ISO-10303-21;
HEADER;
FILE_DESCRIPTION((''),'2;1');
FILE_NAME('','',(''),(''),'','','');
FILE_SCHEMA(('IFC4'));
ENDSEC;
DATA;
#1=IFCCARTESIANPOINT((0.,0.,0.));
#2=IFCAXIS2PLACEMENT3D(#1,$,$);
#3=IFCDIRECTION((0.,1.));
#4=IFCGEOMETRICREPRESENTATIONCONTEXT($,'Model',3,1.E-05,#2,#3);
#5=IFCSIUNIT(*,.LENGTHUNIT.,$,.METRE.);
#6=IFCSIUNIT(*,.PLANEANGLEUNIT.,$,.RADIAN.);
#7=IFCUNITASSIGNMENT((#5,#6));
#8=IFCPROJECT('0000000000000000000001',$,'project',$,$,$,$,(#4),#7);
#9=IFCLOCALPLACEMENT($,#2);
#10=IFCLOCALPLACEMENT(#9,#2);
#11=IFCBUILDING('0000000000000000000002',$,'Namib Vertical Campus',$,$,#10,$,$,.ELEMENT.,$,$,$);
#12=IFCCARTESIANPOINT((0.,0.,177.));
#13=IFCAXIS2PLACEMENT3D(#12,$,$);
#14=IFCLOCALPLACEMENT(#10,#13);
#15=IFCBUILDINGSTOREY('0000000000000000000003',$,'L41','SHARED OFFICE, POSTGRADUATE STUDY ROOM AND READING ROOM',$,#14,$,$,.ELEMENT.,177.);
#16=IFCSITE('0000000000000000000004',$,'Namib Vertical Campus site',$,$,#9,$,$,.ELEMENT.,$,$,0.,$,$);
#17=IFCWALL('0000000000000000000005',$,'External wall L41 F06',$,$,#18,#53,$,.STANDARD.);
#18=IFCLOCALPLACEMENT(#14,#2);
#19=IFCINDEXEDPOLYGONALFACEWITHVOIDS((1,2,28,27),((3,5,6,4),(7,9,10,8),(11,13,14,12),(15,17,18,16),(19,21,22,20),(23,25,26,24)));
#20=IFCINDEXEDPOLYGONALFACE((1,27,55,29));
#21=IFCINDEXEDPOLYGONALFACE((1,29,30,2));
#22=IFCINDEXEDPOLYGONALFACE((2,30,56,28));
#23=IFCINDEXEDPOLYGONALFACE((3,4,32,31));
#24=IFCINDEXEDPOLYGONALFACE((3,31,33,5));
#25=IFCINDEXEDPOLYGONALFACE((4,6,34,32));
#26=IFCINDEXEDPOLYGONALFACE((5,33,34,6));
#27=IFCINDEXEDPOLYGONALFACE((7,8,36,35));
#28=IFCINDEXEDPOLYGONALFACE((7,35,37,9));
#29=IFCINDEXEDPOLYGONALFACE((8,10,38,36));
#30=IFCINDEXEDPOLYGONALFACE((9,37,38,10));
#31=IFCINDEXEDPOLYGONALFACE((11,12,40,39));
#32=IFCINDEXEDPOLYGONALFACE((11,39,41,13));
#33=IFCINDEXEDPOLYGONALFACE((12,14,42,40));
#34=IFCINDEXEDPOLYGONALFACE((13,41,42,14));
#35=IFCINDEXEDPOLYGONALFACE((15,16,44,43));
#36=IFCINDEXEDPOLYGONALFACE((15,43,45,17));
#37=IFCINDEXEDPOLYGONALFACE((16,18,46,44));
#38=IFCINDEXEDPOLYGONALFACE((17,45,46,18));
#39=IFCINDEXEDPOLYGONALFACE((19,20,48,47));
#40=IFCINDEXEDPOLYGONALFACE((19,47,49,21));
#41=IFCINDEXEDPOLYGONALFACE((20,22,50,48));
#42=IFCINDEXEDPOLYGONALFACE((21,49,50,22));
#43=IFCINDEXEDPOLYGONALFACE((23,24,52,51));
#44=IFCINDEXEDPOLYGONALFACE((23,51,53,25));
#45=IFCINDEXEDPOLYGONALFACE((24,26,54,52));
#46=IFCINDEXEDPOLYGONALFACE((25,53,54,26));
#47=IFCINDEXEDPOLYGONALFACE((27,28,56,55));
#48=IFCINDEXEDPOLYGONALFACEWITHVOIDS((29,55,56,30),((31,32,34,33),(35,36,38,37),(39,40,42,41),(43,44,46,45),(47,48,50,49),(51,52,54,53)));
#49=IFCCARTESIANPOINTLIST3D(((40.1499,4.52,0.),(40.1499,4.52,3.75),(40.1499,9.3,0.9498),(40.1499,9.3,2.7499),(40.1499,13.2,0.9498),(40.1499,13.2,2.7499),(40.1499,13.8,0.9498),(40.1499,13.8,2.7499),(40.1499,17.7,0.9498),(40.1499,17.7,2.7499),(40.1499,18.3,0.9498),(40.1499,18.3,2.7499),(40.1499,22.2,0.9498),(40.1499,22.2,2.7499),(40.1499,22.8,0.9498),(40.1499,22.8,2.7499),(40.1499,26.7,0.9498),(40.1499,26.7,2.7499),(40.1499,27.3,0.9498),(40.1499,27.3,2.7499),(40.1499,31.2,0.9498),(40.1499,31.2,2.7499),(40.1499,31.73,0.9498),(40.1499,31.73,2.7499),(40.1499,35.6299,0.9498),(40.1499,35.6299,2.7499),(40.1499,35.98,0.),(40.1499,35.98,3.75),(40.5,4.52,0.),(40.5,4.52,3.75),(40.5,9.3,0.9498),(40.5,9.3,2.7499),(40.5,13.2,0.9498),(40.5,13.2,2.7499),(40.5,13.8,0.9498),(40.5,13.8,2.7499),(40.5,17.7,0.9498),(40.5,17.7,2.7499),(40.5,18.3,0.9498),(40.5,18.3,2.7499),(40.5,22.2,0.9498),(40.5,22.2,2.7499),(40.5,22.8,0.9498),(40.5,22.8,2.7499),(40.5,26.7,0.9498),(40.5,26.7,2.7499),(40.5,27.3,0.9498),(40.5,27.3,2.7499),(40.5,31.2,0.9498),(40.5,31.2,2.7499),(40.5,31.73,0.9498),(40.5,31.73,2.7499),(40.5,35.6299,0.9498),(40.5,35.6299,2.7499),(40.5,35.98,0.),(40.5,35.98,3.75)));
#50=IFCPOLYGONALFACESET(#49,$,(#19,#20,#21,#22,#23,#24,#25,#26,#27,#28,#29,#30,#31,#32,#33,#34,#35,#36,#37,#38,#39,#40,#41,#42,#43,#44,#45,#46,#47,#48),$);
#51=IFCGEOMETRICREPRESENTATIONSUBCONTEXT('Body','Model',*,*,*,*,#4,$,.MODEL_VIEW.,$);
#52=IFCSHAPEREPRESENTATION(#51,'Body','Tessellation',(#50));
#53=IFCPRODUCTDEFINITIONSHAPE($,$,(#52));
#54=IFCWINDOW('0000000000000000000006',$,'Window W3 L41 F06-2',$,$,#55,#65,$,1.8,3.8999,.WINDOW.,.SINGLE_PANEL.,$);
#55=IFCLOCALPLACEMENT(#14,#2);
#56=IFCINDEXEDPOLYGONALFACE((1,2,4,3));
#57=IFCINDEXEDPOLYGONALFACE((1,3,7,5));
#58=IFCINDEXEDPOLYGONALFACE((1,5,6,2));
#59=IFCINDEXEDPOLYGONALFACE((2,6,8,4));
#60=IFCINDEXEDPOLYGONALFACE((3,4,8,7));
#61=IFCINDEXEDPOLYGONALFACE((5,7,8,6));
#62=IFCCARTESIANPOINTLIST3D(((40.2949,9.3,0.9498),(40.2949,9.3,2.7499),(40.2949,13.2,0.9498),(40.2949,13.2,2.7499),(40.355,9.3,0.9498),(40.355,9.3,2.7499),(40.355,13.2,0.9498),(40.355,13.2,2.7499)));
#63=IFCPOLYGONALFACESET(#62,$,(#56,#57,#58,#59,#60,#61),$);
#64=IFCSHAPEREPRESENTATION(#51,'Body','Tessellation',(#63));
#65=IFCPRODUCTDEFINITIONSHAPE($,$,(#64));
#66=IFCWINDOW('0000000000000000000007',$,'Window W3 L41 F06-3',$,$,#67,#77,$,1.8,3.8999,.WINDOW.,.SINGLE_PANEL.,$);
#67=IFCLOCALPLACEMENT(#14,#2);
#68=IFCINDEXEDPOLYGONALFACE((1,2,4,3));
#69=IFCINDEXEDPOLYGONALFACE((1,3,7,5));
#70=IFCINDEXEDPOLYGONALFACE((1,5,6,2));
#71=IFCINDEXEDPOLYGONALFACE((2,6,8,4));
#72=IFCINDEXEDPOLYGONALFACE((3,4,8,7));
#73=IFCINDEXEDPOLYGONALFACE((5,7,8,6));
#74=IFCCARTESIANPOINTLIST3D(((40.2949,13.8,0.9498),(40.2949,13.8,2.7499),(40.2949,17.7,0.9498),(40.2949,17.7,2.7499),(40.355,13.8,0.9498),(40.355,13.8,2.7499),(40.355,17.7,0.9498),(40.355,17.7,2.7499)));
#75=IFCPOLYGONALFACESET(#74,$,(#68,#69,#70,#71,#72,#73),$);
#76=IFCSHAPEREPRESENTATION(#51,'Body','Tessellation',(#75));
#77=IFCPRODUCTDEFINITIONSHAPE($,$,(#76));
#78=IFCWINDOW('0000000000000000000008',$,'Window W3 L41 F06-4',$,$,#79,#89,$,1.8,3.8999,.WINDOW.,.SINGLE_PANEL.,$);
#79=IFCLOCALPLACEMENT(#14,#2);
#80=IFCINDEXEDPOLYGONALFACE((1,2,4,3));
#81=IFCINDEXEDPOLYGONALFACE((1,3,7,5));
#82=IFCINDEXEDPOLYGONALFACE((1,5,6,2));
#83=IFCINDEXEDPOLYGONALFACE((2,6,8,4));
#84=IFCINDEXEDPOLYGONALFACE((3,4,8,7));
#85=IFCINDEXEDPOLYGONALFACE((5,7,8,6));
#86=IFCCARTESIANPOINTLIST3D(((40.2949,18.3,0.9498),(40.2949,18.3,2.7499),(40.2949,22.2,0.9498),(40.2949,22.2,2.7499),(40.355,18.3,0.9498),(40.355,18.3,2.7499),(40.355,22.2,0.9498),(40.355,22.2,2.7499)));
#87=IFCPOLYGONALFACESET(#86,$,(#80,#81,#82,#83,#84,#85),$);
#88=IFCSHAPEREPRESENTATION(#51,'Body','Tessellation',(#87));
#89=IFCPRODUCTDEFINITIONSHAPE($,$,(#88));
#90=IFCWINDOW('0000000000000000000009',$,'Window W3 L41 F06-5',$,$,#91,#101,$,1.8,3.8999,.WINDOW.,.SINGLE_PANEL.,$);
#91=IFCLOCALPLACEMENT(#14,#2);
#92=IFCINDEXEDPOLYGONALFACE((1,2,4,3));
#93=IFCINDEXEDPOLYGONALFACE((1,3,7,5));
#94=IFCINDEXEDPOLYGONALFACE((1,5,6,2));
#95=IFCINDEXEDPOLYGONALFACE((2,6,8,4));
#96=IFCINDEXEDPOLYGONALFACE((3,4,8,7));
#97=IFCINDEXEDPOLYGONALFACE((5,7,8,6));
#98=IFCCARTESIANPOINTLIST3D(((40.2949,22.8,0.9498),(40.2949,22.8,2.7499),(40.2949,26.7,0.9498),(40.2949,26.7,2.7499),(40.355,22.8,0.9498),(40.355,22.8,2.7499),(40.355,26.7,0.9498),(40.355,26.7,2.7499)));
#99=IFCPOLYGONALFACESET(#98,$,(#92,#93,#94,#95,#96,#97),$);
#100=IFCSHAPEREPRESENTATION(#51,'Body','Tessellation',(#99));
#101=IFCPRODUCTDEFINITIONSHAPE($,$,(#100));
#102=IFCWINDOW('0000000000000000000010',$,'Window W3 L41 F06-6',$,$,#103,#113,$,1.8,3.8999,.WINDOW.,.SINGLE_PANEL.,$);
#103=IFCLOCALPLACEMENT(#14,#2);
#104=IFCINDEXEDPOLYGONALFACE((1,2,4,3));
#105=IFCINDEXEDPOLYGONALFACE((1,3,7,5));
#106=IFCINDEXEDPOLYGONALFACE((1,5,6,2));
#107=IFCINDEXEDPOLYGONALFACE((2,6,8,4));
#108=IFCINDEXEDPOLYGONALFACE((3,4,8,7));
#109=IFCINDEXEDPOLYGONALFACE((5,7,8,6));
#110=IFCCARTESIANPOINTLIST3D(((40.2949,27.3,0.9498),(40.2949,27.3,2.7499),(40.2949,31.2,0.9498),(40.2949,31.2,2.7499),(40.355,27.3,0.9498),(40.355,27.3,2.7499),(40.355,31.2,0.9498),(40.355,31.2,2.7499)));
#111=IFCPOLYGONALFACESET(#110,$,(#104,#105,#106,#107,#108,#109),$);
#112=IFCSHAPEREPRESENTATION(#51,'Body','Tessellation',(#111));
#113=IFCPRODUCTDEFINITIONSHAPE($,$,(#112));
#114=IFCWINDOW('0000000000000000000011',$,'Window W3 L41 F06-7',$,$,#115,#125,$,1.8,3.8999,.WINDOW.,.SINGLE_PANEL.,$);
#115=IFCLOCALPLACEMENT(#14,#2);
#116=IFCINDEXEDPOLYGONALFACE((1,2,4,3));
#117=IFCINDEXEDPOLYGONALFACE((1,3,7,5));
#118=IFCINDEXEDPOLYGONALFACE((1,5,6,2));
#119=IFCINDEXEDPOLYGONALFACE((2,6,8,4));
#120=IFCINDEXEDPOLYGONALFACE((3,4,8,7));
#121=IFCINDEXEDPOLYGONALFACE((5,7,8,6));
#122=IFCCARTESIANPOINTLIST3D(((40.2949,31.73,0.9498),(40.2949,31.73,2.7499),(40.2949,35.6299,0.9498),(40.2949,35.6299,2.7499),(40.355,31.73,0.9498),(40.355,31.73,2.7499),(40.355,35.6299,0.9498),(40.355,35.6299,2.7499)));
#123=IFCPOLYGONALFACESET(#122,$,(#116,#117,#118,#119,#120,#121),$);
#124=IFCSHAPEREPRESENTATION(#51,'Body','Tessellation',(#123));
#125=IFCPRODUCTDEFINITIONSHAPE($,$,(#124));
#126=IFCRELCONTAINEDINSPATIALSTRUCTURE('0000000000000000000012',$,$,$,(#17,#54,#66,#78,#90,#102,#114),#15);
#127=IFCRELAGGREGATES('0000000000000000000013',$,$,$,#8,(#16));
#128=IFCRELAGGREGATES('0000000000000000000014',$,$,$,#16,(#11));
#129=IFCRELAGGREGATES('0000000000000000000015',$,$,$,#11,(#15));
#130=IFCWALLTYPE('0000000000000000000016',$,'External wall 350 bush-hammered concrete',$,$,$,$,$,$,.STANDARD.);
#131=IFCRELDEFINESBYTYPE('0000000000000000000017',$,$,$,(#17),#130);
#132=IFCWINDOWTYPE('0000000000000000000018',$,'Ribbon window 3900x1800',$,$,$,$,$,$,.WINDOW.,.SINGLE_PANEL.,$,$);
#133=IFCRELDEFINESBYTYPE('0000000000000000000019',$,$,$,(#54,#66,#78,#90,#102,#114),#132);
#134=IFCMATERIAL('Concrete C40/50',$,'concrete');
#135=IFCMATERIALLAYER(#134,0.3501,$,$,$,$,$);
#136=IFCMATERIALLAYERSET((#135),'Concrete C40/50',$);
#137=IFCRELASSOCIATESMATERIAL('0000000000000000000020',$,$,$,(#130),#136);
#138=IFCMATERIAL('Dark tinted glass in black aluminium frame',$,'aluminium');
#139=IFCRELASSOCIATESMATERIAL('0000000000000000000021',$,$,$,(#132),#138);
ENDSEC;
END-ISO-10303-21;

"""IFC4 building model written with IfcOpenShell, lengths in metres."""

from ifc_helpers import new_model, si_unit, direction, frame, frame_2d, origin, place, context, subcontext, project, spatial, rectangle, extrude, material, layer, layer_set, type_object, element, fill, save


model = new_model("IFC4")

# Units and contexts
model_context = context("Model", 3, precision=1e-05, world=origin(), true_north=direction((0.0, 1.0)))
body_context = subcontext(model_context, "Body", "Model", "MODEL_VIEW")
ifc_project = project(units=[si_unit("LENGTHUNIT", "METRE"), si_unit("PLANEANGLEUNIT", "RADIAN")], contexts=[model_context])

# Site, building, storey
site_placement = place(None, origin())
site = spatial("IfcSite", under=ifc_project, at=site_placement, Name="Namib Vertical Campus site", CompositionType="ELEMENT", RefElevation=0.0)
building_placement = place(site_placement, origin())
building = spatial("IfcBuilding", under=site, at=building_placement, Name="Namib Vertical Campus", CompositionType="ELEMENT")
storey_placement = place(building_placement, frame((0.0, 0.0, 177.0)))
storey = spatial("IfcBuildingStorey", under=building, at=storey_placement, Name="L41", Description="SHARED OFFICE, POSTGRADUATE STUDY ROOM AND READING ROOM", CompositionType="ELEMENT", Elevation=177.0)

# Wall, openings, windows
ifc_material_1 = material(Name="Concrete C40/50", Category="concrete")
ifc_layer_1 = layer(ifc_material_1, 0.3501)
ifc_layer_set_1 = layer_set([ifc_layer_1], Name="Concrete C40/50")
wall_type_1 = type_object("IfcWallType", Name="External wall 350 bush-hammered concrete", PredefinedType="STANDARD", material=ifc_layer_set_1)
wall_1_placement = place(storey_placement, frame((40.325, 4.52, 0.0), z_axis=(0.0, 0.0, 1.0), x_axis=(0.0, 1.0, 0.0)))
wall_1 = element("IfcWall", 1, at=wall_1_placement, inside=storey, type_object=wall_type_1, Name="External wall L41 F06", PredefinedType="STANDARD", context=body_context, shape_type="SweptSolid", body=[
    extrude(rectangle(XDim=31.46, YDim=0.3501, at=frame_2d((15.73, 0.0))), origin(), (0.0, 0.0, 1.0), 3.75),
])
opening_1_placement = place(wall_1_placement, frame((4.78, 0.0, 0.95)))
opening_1 = element("IfcOpeningElement", 2, at=opening_1_placement, cuts=wall_1, PredefinedType="OPENING", context=body_context, shape_type="SweptSolid", body=[
    extrude(rectangle(XDim=3.8999, YDim=1.8, at=frame_2d((1.95, 0.8999))), frame((0.0, 0.1851, 0.0), z_axis=(0.0, -1.0, 0.0), x_axis=(1.0, 0.0, 0.0)), (0.0, 0.0, 1.0), 0.3701),
])
opening_2_placement = place(wall_1_placement, frame((9.28, 0.0, 0.95)))
opening_2 = element("IfcOpeningElement", 3, at=opening_2_placement, cuts=wall_1, PredefinedType="OPENING", context=body_context, shape_type="SweptSolid", body=[
    extrude(rectangle(XDim=3.8999, YDim=1.8, at=frame_2d((1.95, 0.8999))), frame((0.0, 0.1851, 0.0), z_axis=(0.0, -1.0, 0.0), x_axis=(1.0, 0.0, 0.0)), (0.0, 0.0, 1.0), 0.3701),
])
opening_3_placement = place(wall_1_placement, frame((13.78, 0.0, 0.95)))
opening_3 = element("IfcOpeningElement", 4, at=opening_3_placement, cuts=wall_1, PredefinedType="OPENING", context=body_context, shape_type="SweptSolid", body=[
    extrude(rectangle(XDim=3.8999, YDim=1.8, at=frame_2d((1.95, 0.8999))), frame((0.0, 0.1851, 0.0), z_axis=(0.0, -1.0, 0.0), x_axis=(1.0, 0.0, 0.0)), (0.0, 0.0, 1.0), 0.3701),
])
opening_4_placement = place(wall_1_placement, frame((18.28, 0.0, 0.95)))
opening_4 = element("IfcOpeningElement", 5, at=opening_4_placement, cuts=wall_1, PredefinedType="OPENING", context=body_context, shape_type="SweptSolid", body=[
    extrude(rectangle(XDim=3.8999, YDim=1.8, at=frame_2d((1.95, 0.8999))), frame((0.0, 0.1851, 0.0), z_axis=(0.0, -1.0, 0.0), x_axis=(1.0, 0.0, 0.0)), (0.0, 0.0, 1.0), 0.3701),
])
opening_5_placement = place(wall_1_placement, frame((22.78, 0.0, 0.95)))
opening_5 = element("IfcOpeningElement", 6, at=opening_5_placement, cuts=wall_1, PredefinedType="OPENING", context=body_context, shape_type="SweptSolid", body=[
    extrude(rectangle(XDim=3.8999, YDim=1.8, at=frame_2d((1.95, 0.8999))), frame((0.0, 0.1851, 0.0), z_axis=(0.0, -1.0, 0.0), x_axis=(1.0, 0.0, 0.0)), (0.0, 0.0, 1.0), 0.3701),
])
opening_6_placement = place(wall_1_placement, frame((27.21, 0.0, 0.95)))
opening_6 = element("IfcOpeningElement", 7, at=opening_6_placement, cuts=wall_1, PredefinedType="OPENING", context=body_context, shape_type="SweptSolid", body=[
    extrude(rectangle(XDim=3.8999, YDim=1.8, at=frame_2d((1.95, 0.8999))), frame((0.0, 0.1851, 0.0), z_axis=(0.0, -1.0, 0.0), x_axis=(1.0, 0.0, 0.0)), (0.0, 0.0, 1.0), 0.3701),
])
ifc_material_2 = material(Name="Dark tinted glass in black aluminium frame", Category="aluminium")
window_type = type_object("IfcWindowType", Name="Ribbon window 3900x1800", PartitioningType="SINGLE_PANEL", PredefinedType="WINDOW", material=ifc_material_2)
window_1_placement = place(opening_1_placement, origin())
window_1 = element("IfcWindow", 8, at=window_1_placement, inside=storey, type_object=window_type, Name="Window W3 L41 F06-2", OverallHeight=1.8, OverallWidth=3.8999, PartitioningType="SINGLE_PANEL", PredefinedType="WINDOW", context=body_context, shape_type="SweptSolid", body=[
    extrude(rectangle(XDim=3.8999, YDim=1.8, at=frame_2d((1.95, 0.8999))), frame((0.0, 0.03, 0.0), z_axis=(0.0, -1.0, 0.0), x_axis=(1.0, 0.0, 0.0)), (0.0, 0.0, 1.0), 0.0601),
])
fill(opening_1, window_1)
window_2_placement = place(opening_2_placement, origin())
window_2 = element("IfcWindow", 9, at=window_2_placement, inside=storey, type_object=window_type, Name="Window W3 L41 F06-3", OverallHeight=1.8, OverallWidth=3.8999, PartitioningType="SINGLE_PANEL", PredefinedType="WINDOW", context=body_context, shape_type="SweptSolid", body=[
    extrude(rectangle(XDim=3.8999, YDim=1.8, at=frame_2d((1.95, 0.8999))), frame((0.0, 0.03, 0.0), z_axis=(0.0, -1.0, 0.0), x_axis=(1.0, 0.0, 0.0)), (0.0, 0.0, 1.0), 0.0601),
])
fill(opening_2, window_2)
window_3_placement = place(opening_3_placement, origin())
window_3 = element("IfcWindow", 10, at=window_3_placement, inside=storey, type_object=window_type, Name="Window W3 L41 F06-4", OverallHeight=1.8, OverallWidth=3.8999, PartitioningType="SINGLE_PANEL", PredefinedType="WINDOW", context=body_context, shape_type="SweptSolid", body=[
    extrude(rectangle(XDim=3.8999, YDim=1.8, at=frame_2d((1.95, 0.8999))), frame((0.0, 0.03, 0.0), z_axis=(0.0, -1.0, 0.0), x_axis=(1.0, 0.0, 0.0)), (0.0, 0.0, 1.0), 0.0601),
])
fill(opening_3, window_3)
window_4_placement = place(opening_4_placement, origin())
window_4 = element("IfcWindow", 11, at=window_4_placement, inside=storey, type_object=window_type, Name="Window W3 L41 F06-5", OverallHeight=1.8, OverallWidth=3.8999, PartitioningType="SINGLE_PANEL", PredefinedType="WINDOW", context=body_context, shape_type="SweptSolid", body=[
    extrude(rectangle(XDim=3.8999, YDim=1.8, at=frame_2d((1.95, 0.8999))), frame((0.0, 0.03, 0.0), z_axis=(0.0, -1.0, 0.0), x_axis=(1.0, 0.0, 0.0)), (0.0, 0.0, 1.0), 0.0601),
])
fill(opening_4, window_4)
window_5_placement = place(opening_5_placement, origin())
window_5 = element("IfcWindow", 12, at=window_5_placement, inside=storey, type_object=window_type, Name="Window W3 L41 F06-6", OverallHeight=1.8, OverallWidth=3.8999, PartitioningType="SINGLE_PANEL", PredefinedType="WINDOW", context=body_context, shape_type="SweptSolid", body=[
    extrude(rectangle(XDim=3.8999, YDim=1.8, at=frame_2d((1.95, 0.8999))), frame((0.0, 0.03, 0.0), z_axis=(0.0, -1.0, 0.0), x_axis=(1.0, 0.0, 0.0)), (0.0, 0.0, 1.0), 0.0601),
])
fill(opening_5, window_5)
window_6_placement = place(opening_6_placement, origin())
window_6 = element("IfcWindow", 13, at=window_6_placement, inside=storey, type_object=window_type, Name="Window W3 L41 F06-7", OverallHeight=1.8, OverallWidth=3.8999, PartitioningType="SINGLE_PANEL", PredefinedType="WINDOW", context=body_context, shape_type="SweptSolid", body=[
    extrude(rectangle(XDim=3.8999, YDim=1.8, at=frame_2d((1.95, 0.8999))), frame((0.0, 0.03, 0.0), z_axis=(0.0, -1.0, 0.0), x_axis=(1.0, 0.0, 0.0)), (0.0, 0.0, 1.0), 0.0601),
])
fill(opening_6, window_6)

save(model, "model.ifc")
